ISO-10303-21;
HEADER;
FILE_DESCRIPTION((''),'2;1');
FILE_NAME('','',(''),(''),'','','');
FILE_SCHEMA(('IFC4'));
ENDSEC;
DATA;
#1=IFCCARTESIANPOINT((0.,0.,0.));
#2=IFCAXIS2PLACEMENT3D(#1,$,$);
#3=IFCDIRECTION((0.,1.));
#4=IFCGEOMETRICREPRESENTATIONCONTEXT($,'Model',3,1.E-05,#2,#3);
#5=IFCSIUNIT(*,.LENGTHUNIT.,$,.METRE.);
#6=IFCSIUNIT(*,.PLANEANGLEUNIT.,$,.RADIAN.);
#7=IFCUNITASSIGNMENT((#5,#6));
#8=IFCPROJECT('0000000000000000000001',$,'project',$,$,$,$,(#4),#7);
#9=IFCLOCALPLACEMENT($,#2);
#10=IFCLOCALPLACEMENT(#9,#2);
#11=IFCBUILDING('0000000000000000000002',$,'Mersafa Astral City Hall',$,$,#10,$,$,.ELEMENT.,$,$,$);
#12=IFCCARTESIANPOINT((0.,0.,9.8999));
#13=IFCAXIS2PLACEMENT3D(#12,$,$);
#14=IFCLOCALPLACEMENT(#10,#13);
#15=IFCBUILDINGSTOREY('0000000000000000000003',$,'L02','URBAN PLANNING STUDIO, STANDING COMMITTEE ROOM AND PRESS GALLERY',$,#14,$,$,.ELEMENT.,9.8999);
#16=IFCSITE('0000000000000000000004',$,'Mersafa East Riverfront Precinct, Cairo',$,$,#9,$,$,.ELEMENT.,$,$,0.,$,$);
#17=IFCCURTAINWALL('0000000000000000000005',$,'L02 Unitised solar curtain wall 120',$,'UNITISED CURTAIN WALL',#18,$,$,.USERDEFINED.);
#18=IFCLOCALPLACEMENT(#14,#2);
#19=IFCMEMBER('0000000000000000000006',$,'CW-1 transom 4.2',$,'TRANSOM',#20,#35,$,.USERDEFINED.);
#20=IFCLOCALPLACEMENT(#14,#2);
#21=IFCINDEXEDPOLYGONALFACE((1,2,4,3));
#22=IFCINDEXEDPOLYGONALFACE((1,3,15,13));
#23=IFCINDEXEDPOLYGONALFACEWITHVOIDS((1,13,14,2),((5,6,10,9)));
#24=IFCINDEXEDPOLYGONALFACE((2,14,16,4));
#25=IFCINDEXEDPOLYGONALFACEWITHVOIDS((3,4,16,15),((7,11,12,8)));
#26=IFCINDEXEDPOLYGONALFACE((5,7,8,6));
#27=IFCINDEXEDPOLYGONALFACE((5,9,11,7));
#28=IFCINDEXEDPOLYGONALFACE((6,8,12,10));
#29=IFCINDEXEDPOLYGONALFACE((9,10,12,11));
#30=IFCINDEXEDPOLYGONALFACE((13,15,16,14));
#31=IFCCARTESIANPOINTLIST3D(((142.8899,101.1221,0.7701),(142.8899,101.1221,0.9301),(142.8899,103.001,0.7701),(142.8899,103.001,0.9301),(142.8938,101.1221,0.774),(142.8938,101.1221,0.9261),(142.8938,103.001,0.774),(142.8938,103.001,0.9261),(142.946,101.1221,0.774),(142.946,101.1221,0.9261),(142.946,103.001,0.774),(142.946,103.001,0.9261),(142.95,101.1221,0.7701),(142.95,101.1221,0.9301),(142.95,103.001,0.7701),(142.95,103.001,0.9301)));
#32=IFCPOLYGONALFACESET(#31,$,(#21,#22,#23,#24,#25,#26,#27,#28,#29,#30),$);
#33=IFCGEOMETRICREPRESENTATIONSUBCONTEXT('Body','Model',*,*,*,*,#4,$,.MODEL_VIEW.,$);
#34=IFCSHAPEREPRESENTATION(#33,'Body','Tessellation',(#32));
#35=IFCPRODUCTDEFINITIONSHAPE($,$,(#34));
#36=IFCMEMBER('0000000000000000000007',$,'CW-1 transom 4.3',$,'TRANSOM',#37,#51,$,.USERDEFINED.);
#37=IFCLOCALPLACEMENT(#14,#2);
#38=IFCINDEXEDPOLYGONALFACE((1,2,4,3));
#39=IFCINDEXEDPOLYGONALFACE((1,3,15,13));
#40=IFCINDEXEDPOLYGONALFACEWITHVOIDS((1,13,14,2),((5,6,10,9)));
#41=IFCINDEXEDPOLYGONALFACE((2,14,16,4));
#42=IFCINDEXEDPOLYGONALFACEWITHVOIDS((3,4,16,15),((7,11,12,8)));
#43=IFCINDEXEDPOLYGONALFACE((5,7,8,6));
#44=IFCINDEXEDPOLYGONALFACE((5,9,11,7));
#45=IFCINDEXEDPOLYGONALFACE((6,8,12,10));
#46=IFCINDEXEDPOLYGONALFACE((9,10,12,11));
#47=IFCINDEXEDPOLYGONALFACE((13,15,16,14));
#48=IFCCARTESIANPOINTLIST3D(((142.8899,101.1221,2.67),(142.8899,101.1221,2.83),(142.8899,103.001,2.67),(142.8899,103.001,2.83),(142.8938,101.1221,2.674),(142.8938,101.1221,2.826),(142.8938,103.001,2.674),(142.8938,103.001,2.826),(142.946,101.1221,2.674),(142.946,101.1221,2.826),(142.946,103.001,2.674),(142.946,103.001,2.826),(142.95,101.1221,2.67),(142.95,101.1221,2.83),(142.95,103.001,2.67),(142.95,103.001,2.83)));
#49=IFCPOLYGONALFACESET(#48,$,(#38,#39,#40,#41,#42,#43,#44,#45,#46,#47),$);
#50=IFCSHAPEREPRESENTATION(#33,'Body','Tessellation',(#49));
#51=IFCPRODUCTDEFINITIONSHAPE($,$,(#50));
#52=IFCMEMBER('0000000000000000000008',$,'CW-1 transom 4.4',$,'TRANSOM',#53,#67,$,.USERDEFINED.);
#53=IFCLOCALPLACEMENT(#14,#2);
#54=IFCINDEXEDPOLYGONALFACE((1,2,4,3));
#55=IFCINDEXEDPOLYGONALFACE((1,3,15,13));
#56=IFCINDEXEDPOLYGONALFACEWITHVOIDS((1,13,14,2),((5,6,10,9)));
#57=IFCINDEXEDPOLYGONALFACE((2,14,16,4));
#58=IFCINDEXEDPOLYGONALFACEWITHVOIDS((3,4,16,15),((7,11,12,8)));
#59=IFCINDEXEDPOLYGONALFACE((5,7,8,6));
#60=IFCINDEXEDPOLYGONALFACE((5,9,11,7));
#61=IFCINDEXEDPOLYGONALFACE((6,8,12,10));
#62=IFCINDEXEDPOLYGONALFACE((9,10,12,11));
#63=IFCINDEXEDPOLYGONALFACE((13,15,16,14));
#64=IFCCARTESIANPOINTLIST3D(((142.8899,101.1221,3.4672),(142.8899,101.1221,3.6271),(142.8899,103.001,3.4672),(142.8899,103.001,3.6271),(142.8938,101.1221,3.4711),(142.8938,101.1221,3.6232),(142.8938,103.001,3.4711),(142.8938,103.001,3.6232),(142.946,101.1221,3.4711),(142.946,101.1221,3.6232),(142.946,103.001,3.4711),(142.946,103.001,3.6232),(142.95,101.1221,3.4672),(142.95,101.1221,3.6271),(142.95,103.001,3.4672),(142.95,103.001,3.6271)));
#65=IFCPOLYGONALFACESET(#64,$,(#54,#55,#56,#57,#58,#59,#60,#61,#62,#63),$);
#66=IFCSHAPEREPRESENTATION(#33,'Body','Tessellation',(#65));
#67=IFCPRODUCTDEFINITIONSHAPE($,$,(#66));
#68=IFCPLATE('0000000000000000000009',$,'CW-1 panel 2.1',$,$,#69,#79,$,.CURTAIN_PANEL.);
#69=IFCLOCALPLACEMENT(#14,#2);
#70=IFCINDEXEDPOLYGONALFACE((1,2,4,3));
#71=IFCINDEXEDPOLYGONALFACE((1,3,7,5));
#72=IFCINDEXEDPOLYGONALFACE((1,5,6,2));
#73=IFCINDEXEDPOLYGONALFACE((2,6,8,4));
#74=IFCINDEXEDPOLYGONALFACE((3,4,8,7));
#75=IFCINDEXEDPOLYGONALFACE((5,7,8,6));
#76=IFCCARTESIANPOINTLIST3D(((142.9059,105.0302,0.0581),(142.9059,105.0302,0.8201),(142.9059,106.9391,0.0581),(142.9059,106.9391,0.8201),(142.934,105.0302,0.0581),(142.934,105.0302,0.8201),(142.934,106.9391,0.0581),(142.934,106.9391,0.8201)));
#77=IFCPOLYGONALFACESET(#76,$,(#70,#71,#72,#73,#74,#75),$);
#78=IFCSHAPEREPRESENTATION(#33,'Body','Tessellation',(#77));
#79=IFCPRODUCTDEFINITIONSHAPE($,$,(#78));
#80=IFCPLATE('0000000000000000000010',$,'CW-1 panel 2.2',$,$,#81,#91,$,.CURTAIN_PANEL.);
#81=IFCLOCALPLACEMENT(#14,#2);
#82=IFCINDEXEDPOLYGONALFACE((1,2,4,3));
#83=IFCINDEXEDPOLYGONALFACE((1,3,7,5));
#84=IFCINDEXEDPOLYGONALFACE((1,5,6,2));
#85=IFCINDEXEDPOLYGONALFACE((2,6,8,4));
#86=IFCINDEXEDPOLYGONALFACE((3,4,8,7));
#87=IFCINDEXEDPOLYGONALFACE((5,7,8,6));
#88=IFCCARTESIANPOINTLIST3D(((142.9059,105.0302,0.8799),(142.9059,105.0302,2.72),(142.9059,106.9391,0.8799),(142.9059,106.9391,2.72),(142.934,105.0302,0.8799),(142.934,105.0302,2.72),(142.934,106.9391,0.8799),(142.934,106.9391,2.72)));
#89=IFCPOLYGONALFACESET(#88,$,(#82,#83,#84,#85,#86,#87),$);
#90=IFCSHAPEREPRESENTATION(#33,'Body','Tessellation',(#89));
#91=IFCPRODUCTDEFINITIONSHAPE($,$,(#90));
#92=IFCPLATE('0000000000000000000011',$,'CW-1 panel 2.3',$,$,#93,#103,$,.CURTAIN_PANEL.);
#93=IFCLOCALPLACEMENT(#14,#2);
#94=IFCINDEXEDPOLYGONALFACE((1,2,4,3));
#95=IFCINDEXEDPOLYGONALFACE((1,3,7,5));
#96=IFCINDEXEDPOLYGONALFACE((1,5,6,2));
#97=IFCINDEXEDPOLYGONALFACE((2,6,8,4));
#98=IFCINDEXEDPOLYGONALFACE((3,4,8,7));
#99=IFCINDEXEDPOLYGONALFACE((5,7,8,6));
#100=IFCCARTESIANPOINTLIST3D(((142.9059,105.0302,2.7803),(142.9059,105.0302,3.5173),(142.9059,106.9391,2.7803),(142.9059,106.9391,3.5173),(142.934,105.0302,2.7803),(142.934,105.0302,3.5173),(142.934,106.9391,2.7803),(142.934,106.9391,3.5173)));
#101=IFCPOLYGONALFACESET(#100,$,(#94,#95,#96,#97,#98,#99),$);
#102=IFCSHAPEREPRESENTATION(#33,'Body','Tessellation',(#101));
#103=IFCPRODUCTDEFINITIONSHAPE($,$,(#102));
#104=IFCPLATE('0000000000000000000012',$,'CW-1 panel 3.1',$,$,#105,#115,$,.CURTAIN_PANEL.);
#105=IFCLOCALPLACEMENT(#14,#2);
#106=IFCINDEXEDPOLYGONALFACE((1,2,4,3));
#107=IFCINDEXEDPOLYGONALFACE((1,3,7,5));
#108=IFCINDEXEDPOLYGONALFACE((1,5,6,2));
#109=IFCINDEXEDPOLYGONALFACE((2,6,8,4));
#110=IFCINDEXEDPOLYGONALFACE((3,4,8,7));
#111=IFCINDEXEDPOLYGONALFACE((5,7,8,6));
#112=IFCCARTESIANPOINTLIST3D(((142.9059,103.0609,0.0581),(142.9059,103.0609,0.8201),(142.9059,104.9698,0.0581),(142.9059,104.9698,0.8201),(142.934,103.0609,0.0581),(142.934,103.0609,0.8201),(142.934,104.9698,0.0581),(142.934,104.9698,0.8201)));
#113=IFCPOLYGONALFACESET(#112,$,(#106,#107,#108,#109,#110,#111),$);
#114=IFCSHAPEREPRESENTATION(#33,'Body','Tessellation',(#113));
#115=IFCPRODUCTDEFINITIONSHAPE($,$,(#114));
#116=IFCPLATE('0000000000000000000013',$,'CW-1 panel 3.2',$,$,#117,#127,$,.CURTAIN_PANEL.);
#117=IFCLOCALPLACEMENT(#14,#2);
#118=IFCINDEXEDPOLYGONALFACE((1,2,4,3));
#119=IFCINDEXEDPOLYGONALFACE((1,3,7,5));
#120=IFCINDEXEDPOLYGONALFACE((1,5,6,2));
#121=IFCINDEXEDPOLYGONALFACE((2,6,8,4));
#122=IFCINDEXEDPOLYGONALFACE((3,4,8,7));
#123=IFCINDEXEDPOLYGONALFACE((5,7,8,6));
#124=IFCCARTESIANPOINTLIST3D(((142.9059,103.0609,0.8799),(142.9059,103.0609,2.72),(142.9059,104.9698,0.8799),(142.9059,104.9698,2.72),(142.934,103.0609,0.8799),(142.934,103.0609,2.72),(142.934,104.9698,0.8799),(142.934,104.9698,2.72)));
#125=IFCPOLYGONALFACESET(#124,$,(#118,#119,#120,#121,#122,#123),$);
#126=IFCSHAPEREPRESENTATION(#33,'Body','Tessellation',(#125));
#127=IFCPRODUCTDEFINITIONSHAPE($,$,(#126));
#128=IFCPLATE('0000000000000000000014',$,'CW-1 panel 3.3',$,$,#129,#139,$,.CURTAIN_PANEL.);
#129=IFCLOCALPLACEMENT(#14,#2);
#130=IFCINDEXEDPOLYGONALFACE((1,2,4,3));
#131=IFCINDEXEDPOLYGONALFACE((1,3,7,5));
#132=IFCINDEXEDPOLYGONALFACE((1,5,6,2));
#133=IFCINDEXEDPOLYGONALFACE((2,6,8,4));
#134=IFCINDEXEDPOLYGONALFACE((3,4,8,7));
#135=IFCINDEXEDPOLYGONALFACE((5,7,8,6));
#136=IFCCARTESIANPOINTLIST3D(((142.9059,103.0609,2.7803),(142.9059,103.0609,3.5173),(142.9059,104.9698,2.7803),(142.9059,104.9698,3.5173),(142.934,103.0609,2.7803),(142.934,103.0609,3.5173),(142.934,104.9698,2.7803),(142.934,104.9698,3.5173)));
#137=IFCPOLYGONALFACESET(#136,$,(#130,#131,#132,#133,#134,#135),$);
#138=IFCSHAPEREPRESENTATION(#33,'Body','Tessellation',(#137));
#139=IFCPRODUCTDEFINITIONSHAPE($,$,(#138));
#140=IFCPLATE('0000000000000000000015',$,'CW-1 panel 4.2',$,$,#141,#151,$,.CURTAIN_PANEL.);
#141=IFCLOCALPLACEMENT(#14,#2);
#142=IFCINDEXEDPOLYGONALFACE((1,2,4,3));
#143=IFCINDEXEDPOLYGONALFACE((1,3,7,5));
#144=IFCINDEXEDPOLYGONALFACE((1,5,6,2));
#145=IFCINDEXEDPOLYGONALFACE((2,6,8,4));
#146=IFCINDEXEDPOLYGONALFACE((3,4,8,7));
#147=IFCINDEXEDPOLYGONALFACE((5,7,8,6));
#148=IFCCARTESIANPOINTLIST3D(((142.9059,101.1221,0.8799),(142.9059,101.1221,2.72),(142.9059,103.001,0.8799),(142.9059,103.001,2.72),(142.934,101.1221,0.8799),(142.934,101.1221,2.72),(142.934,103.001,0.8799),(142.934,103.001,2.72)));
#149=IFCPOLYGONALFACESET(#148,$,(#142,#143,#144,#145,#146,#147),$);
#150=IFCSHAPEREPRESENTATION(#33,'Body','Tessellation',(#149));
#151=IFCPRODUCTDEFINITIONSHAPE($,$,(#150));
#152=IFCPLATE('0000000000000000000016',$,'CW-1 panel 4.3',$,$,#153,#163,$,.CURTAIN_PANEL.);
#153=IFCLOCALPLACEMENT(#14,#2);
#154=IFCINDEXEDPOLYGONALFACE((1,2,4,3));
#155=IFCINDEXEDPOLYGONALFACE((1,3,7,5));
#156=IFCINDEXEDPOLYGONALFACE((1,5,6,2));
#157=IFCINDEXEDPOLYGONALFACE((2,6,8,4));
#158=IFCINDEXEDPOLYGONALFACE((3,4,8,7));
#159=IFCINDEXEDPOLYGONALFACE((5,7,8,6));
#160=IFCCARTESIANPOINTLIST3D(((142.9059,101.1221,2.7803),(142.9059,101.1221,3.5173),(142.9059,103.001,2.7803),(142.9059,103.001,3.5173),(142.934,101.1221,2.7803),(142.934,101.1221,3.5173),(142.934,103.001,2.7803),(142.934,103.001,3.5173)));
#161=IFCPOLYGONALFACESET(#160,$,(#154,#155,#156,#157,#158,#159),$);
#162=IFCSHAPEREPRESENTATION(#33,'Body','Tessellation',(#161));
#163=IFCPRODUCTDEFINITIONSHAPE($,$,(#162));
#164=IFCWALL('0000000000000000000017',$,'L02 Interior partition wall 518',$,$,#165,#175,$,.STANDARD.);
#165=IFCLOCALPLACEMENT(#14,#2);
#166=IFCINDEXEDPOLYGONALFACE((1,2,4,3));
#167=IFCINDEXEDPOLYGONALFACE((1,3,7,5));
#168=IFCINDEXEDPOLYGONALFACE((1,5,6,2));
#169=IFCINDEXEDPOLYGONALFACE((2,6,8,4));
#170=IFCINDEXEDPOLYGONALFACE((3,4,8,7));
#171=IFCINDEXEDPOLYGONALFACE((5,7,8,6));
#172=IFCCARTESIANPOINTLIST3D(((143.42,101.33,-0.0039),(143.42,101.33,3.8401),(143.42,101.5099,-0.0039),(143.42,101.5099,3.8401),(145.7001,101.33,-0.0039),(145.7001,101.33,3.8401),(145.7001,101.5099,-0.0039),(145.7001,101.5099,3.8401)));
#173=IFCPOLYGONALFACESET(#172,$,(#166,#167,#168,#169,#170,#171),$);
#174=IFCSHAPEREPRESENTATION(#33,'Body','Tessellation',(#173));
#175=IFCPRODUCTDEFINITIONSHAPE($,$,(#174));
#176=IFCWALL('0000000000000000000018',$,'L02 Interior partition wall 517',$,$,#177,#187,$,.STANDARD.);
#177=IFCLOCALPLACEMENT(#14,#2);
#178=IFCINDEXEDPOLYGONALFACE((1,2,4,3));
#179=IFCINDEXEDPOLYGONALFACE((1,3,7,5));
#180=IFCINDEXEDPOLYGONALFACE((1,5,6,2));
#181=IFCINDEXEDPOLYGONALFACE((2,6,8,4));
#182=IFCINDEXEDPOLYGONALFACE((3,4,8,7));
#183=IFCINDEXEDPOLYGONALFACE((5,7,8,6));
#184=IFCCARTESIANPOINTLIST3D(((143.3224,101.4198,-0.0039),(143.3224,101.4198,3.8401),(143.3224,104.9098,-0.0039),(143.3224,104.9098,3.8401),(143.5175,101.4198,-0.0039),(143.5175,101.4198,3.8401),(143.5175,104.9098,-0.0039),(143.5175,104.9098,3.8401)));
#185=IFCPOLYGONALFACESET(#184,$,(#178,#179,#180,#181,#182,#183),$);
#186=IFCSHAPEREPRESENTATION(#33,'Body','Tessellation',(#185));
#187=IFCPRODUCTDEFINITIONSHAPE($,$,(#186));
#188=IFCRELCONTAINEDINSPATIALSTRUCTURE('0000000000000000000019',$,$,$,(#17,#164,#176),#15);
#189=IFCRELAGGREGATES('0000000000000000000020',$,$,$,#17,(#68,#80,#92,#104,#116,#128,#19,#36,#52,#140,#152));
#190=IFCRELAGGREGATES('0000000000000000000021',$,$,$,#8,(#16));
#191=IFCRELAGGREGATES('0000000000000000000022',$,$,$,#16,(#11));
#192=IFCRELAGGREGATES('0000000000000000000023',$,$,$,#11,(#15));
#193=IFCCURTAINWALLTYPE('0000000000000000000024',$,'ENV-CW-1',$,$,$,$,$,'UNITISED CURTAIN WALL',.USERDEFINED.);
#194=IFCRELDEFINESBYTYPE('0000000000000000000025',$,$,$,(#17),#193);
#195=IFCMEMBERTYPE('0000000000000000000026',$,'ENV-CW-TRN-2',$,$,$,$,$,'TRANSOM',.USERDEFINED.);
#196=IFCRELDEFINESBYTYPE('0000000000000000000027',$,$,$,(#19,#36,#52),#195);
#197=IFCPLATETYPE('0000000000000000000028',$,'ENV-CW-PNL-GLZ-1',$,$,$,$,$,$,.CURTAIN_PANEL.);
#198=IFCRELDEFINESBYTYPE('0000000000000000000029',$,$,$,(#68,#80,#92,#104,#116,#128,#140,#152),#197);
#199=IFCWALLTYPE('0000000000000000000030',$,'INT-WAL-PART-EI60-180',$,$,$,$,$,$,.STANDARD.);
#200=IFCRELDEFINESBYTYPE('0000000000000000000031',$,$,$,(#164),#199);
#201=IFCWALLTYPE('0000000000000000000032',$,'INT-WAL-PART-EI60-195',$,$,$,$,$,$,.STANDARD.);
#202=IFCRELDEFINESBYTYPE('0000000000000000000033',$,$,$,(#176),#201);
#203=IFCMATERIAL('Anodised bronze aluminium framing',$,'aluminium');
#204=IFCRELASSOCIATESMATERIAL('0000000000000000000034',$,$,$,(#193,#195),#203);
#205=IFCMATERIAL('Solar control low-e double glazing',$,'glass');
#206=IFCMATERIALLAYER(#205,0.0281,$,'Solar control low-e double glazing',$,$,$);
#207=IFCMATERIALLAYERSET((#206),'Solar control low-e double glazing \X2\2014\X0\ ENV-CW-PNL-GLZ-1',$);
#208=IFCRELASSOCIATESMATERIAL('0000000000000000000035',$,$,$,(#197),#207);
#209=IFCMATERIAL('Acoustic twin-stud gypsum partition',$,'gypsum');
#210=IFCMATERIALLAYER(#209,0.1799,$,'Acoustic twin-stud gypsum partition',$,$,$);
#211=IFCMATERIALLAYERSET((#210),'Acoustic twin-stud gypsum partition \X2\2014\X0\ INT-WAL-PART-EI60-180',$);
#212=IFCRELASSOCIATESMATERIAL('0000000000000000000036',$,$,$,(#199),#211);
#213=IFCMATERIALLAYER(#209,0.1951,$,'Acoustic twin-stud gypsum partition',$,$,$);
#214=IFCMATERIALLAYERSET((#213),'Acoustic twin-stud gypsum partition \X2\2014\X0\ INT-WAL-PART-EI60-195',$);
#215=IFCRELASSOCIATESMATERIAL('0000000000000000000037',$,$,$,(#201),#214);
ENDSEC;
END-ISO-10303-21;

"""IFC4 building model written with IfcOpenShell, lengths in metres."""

from ifc_helpers import new_model, si_unit, direction, frame, frame_2d, origin, origin_2d, place, context, subcontext, project, spatial, rectangle, hollow_rectangle, extrude, material, layer, layer_set, material_profile, profile_set, type_object, element, aggregate, save


model = new_model("IFC4")

# Units and contexts
model_context = context("Model", 3, precision=1e-05, world=origin(), true_north=direction((0.0, 1.0)))
body_context = subcontext(model_context, "Body", "Model", "MODEL_VIEW")
ifc_project = project(units=[si_unit("LENGTHUNIT", "METRE"), si_unit("PLANEANGLEUNIT", "RADIAN")], contexts=[model_context])

# Site, building, storey
site_placement = place(None, origin())
site = spatial("IfcSite", under=ifc_project, at=site_placement, Name="Mersafa East Riverfront Precinct, Cairo", CompositionType="ELEMENT", RefElevation=0.0)
building_placement = place(site_placement, origin())
building = spatial("IfcBuilding", under=site, at=building_placement, Name="Mersafa Astral City Hall", CompositionType="ELEMENT")
storey_placement = place(building_placement, frame((0.0, 0.0, 9.8999)))
storey = spatial("IfcBuildingStorey", under=building, at=storey_placement, Name="L02", Description="URBAN PLANNING STUDIO, STANDING COMMITTEE ROOM AND PRESS GALLERY", CompositionType="ELEMENT", Elevation=9.8999)

# Curtain wall, members, plates
ifc_material_1 = material(Name="Anodised bronze aluminium framing", Category="aluminium")
curtain_wall_type = type_object("IfcCurtainWallType", Name="ENV-CW-1", ElementType="UNITISED CURTAIN WALL", PredefinedType="USERDEFINED", material=ifc_material_1)
curtain_wall_placement = place(storey_placement, origin())
curtain_wall = element("IfcCurtainWall", 1, at=curtain_wall_placement, inside=storey, type_object=curtain_wall_type, Name="L02 Unitised solar curtain wall 120", ObjectType="UNITISED CURTAIN WALL", PredefinedType="USERDEFINED")
ifc_material_profile_1 = material_profile(ifc_material_1, hollow_rectangle(XDim=0.0601, YDim=0.1599, WallThickness=0.0039, at=origin_2d()), Name="RHS 60x160x4")
ifc_profile_set_1 = profile_set([ifc_material_profile_1], Name="Anodised bronze aluminium framing")
member_type_1 = type_object("IfcMemberType", Name="ENV-CW-TRN-2", ElementType="TRANSOM", PredefinedType="USERDEFINED", material=ifc_profile_set_1)
member_1_placement = place(storey_placement, frame((142.9199, 103.001, 0.8501), z_axis=(0.0, -1.0, 0.0), x_axis=(1.0, 0.0, 0.0)))
member_1 = element("IfcMember", 2, at=member_1_placement, type_object=member_type_1, Name="CW-1 transom 4.2", ObjectType="TRANSOM", PredefinedType="USERDEFINED", context=body_context, shape_type="SweptSolid", body=[
    extrude(hollow_rectangle(XDim=0.0601, YDim=0.1599, WallThickness=0.0039, at=origin_2d()), origin(), (0.0, 0.0, 1.0), 1.8789),
])
member_2_placement = place(storey_placement, frame((142.9199, 103.001, 2.75), z_axis=(0.0, -1.0, 0.0), x_axis=(1.0, 0.0, 0.0)))
member_2 = element("IfcMember", 3, at=member_2_placement, type_object=member_type_1, Name="CW-1 transom 4.3", ObjectType="TRANSOM", PredefinedType="USERDEFINED", context=body_context, shape_type="SweptSolid", body=[
    extrude(hollow_rectangle(XDim=0.0601, YDim=0.1599, WallThickness=0.0039, at=origin_2d()), origin(), (0.0, 0.0, 1.0), 1.8789),
])
member_3_placement = place(storey_placement, frame((142.9199, 103.001, 3.5471), z_axis=(0.0, -1.0, 0.0), x_axis=(1.0, 0.0, 0.0)))
member_3 = element("IfcMember", 4, at=member_3_placement, type_object=member_type_1, Name="CW-1 transom 4.4", ObjectType="TRANSOM", PredefinedType="USERDEFINED", context=body_context, shape_type="SweptSolid", body=[
    extrude(hollow_rectangle(XDim=0.0601, YDim=0.1599, WallThickness=0.0039, at=origin_2d()), origin(), (0.0, 0.0, 1.0), 1.8789),
])
ifc_material_2 = material(Name="Solar control low-e double glazing", Category="glass")
ifc_layer_1 = layer(ifc_material_2, 0.0281, Name="Solar control low-e double glazing")
ifc_layer_set_1 = layer_set([ifc_layer_1], Name="Solar control low-e double glazing — ENV-CW-PNL-GLZ-1")
plate_type = type_object("IfcPlateType", Name="ENV-CW-PNL-GLZ-1", PredefinedType="CURTAIN_PANEL", material=ifc_layer_set_1)
plate_1_placement = place(storey_placement, frame((142.9199, 105.9846, 0.0581), z_axis=(0.0, 0.0, 1.0), x_axis=(0.0, -1.0, 0.0)))
plate_1 = element("IfcPlate", 5, at=plate_1_placement, type_object=plate_type, Name="CW-1 panel 2.1", PredefinedType="CURTAIN_PANEL", context=body_context, shape_type="SweptSolid", body=[
    extrude(rectangle(XDim=1.9089, YDim=0.0281, at=origin_2d()), origin(), (0.0, 0.0, 1.0), 0.762),
])
plate_2_placement = place(storey_placement, frame((142.9199, 105.9846, 0.8799), z_axis=(0.0, 0.0, 1.0), x_axis=(0.0, -1.0, 0.0)))
plate_2 = element("IfcPlate", 6, at=plate_2_placement, type_object=plate_type, Name="CW-1 panel 2.2", PredefinedType="CURTAIN_PANEL", context=body_context, shape_type="SweptSolid", body=[
    extrude(rectangle(XDim=1.9089, YDim=0.0281, at=origin_2d()), origin(), (0.0, 0.0, 1.0), 1.8401),
])
plate_3_placement = place(storey_placement, frame((142.9199, 105.9846, 2.7803), z_axis=(0.0, 0.0, 1.0), x_axis=(0.0, -1.0, 0.0)))
plate_3 = element("IfcPlate", 7, at=plate_3_placement, type_object=plate_type, Name="CW-1 panel 2.3", PredefinedType="CURTAIN_PANEL", context=body_context, shape_type="SweptSolid", body=[
    extrude(rectangle(XDim=1.9089, YDim=0.0281, at=origin_2d()), origin(), (0.0, 0.0, 1.0), 0.7371),
])
plate_4_placement = place(storey_placement, frame((142.9199, 104.0154, 0.0581), z_axis=(0.0, 0.0, 1.0), x_axis=(0.0, -1.0, 0.0)))
plate_4 = element("IfcPlate", 8, at=plate_4_placement, type_object=plate_type, Name="CW-1 panel 3.1", PredefinedType="CURTAIN_PANEL", context=body_context, shape_type="SweptSolid", body=[
    extrude(rectangle(XDim=1.9089, YDim=0.0281, at=origin_2d()), origin(), (0.0, 0.0, 1.0), 0.762),
])
plate_5_placement = place(storey_placement, frame((142.9199, 104.0154, 0.8799), z_axis=(0.0, 0.0, 1.0), x_axis=(0.0, -1.0, 0.0)))
plate_5 = element("IfcPlate", 9, at=plate_5_placement, type_object=plate_type, Name="CW-1 panel 3.2", PredefinedType="CURTAIN_PANEL", context=body_context, shape_type="SweptSolid", body=[
    extrude(rectangle(XDim=1.9089, YDim=0.0281, at=origin_2d()), origin(), (0.0, 0.0, 1.0), 1.8401),
])
plate_6_placement = place(storey_placement, frame((142.9199, 104.0154, 2.7803), z_axis=(0.0, 0.0, 1.0), x_axis=(0.0, -1.0, 0.0)))
plate_6 = element("IfcPlate", 10, at=plate_6_placement, type_object=plate_type, Name="CW-1 panel 3.3", PredefinedType="CURTAIN_PANEL", context=body_context, shape_type="SweptSolid", body=[
    extrude(rectangle(XDim=1.9089, YDim=0.0281, at=origin_2d()), origin(), (0.0, 0.0, 1.0), 0.7371),
])
plate_7_placement = place(storey_placement, frame((142.9199, 102.0615, 0.8799), z_axis=(0.0, 0.0, 1.0), x_axis=(0.0, -1.0, 0.0)))
plate_7 = element("IfcPlate", 11, at=plate_7_placement, type_object=plate_type, Name="CW-1 panel 4.2", PredefinedType="CURTAIN_PANEL", context=body_context, shape_type="SweptSolid", body=[
    extrude(rectangle(XDim=1.8789, YDim=0.0281, at=origin_2d()), origin(), (0.0, 0.0, 1.0), 1.8401),
])
plate_8_placement = place(storey_placement, frame((142.9199, 102.0615, 2.7803), z_axis=(0.0, 0.0, 1.0), x_axis=(0.0, -1.0, 0.0)))
plate_8 = element("IfcPlate", 12, at=plate_8_placement, type_object=plate_type, Name="CW-1 panel 4.3", PredefinedType="CURTAIN_PANEL", context=body_context, shape_type="SweptSolid", body=[
    extrude(rectangle(XDim=1.8789, YDim=0.0281, at=origin_2d()), origin(), (0.0, 0.0, 1.0), 0.7371),
])
aggregate(curtain_wall, [plate_1, plate_2, plate_3, plate_4, plate_5, plate_6, member_1, member_2, member_3, plate_7, plate_8])

# Walls
ifc_material_3 = material(Name="Acoustic twin-stud gypsum partition", Category="gypsum")
ifc_layer_2 = layer(ifc_material_3, 0.1799, Name="Acoustic twin-stud gypsum partition")
ifc_layer_set_2 = layer_set([ifc_layer_2], Name="Acoustic twin-stud gypsum partition — INT-WAL-PART-EI60-180")
wall_type_1 = type_object("IfcWallType", Name="INT-WAL-PART-EI60-180", PredefinedType="STANDARD", material=ifc_layer_set_2)
wall_1_placement = place(storey_placement, frame((143.4199, 101.4199, -0.0039), z_axis=(0.0, 0.0, 1.0), x_axis=(1.0, 0.0, 0.0)))
element("IfcWall", 13, at=wall_1_placement, inside=storey, type_object=wall_type_1, Name="L02 Interior partition wall 518", PredefinedType="STANDARD", context=body_context, shape_type="SweptSolid", body=[
    extrude(rectangle(XDim=2.28, YDim=0.1799, at=frame_2d((1.1401, 0.0))), origin(), (0.0, 0.0, 1.0), 3.844),
])
ifc_layer_3 = layer(ifc_material_3, 0.1951, Name="Acoustic twin-stud gypsum partition")
ifc_layer_set_3 = layer_set([ifc_layer_3], Name="Acoustic twin-stud gypsum partition — INT-WAL-PART-EI60-195")
wall_type_2 = type_object("IfcWallType", Name="INT-WAL-PART-EI60-195", PredefinedType="STANDARD", material=ifc_layer_set_3)
wall_2_placement = place(storey_placement, frame((143.4199, 104.9099, -0.0039), z_axis=(0.0, 0.0, 1.0), x_axis=(0.0, -1.0, 0.0)))
element("IfcWall", 14, at=wall_2_placement, inside=storey, type_object=wall_type_2, Name="L02 Interior partition wall 517", PredefinedType="STANDARD", context=body_context, shape_type="SweptSolid", body=[
    extrude(rectangle(XDim=3.49, YDim=0.1951, at=frame_2d((1.7451, 0.0))), origin(), (0.0, 0.0, 1.0), 3.844),
])

save(model, "model.ifc")
